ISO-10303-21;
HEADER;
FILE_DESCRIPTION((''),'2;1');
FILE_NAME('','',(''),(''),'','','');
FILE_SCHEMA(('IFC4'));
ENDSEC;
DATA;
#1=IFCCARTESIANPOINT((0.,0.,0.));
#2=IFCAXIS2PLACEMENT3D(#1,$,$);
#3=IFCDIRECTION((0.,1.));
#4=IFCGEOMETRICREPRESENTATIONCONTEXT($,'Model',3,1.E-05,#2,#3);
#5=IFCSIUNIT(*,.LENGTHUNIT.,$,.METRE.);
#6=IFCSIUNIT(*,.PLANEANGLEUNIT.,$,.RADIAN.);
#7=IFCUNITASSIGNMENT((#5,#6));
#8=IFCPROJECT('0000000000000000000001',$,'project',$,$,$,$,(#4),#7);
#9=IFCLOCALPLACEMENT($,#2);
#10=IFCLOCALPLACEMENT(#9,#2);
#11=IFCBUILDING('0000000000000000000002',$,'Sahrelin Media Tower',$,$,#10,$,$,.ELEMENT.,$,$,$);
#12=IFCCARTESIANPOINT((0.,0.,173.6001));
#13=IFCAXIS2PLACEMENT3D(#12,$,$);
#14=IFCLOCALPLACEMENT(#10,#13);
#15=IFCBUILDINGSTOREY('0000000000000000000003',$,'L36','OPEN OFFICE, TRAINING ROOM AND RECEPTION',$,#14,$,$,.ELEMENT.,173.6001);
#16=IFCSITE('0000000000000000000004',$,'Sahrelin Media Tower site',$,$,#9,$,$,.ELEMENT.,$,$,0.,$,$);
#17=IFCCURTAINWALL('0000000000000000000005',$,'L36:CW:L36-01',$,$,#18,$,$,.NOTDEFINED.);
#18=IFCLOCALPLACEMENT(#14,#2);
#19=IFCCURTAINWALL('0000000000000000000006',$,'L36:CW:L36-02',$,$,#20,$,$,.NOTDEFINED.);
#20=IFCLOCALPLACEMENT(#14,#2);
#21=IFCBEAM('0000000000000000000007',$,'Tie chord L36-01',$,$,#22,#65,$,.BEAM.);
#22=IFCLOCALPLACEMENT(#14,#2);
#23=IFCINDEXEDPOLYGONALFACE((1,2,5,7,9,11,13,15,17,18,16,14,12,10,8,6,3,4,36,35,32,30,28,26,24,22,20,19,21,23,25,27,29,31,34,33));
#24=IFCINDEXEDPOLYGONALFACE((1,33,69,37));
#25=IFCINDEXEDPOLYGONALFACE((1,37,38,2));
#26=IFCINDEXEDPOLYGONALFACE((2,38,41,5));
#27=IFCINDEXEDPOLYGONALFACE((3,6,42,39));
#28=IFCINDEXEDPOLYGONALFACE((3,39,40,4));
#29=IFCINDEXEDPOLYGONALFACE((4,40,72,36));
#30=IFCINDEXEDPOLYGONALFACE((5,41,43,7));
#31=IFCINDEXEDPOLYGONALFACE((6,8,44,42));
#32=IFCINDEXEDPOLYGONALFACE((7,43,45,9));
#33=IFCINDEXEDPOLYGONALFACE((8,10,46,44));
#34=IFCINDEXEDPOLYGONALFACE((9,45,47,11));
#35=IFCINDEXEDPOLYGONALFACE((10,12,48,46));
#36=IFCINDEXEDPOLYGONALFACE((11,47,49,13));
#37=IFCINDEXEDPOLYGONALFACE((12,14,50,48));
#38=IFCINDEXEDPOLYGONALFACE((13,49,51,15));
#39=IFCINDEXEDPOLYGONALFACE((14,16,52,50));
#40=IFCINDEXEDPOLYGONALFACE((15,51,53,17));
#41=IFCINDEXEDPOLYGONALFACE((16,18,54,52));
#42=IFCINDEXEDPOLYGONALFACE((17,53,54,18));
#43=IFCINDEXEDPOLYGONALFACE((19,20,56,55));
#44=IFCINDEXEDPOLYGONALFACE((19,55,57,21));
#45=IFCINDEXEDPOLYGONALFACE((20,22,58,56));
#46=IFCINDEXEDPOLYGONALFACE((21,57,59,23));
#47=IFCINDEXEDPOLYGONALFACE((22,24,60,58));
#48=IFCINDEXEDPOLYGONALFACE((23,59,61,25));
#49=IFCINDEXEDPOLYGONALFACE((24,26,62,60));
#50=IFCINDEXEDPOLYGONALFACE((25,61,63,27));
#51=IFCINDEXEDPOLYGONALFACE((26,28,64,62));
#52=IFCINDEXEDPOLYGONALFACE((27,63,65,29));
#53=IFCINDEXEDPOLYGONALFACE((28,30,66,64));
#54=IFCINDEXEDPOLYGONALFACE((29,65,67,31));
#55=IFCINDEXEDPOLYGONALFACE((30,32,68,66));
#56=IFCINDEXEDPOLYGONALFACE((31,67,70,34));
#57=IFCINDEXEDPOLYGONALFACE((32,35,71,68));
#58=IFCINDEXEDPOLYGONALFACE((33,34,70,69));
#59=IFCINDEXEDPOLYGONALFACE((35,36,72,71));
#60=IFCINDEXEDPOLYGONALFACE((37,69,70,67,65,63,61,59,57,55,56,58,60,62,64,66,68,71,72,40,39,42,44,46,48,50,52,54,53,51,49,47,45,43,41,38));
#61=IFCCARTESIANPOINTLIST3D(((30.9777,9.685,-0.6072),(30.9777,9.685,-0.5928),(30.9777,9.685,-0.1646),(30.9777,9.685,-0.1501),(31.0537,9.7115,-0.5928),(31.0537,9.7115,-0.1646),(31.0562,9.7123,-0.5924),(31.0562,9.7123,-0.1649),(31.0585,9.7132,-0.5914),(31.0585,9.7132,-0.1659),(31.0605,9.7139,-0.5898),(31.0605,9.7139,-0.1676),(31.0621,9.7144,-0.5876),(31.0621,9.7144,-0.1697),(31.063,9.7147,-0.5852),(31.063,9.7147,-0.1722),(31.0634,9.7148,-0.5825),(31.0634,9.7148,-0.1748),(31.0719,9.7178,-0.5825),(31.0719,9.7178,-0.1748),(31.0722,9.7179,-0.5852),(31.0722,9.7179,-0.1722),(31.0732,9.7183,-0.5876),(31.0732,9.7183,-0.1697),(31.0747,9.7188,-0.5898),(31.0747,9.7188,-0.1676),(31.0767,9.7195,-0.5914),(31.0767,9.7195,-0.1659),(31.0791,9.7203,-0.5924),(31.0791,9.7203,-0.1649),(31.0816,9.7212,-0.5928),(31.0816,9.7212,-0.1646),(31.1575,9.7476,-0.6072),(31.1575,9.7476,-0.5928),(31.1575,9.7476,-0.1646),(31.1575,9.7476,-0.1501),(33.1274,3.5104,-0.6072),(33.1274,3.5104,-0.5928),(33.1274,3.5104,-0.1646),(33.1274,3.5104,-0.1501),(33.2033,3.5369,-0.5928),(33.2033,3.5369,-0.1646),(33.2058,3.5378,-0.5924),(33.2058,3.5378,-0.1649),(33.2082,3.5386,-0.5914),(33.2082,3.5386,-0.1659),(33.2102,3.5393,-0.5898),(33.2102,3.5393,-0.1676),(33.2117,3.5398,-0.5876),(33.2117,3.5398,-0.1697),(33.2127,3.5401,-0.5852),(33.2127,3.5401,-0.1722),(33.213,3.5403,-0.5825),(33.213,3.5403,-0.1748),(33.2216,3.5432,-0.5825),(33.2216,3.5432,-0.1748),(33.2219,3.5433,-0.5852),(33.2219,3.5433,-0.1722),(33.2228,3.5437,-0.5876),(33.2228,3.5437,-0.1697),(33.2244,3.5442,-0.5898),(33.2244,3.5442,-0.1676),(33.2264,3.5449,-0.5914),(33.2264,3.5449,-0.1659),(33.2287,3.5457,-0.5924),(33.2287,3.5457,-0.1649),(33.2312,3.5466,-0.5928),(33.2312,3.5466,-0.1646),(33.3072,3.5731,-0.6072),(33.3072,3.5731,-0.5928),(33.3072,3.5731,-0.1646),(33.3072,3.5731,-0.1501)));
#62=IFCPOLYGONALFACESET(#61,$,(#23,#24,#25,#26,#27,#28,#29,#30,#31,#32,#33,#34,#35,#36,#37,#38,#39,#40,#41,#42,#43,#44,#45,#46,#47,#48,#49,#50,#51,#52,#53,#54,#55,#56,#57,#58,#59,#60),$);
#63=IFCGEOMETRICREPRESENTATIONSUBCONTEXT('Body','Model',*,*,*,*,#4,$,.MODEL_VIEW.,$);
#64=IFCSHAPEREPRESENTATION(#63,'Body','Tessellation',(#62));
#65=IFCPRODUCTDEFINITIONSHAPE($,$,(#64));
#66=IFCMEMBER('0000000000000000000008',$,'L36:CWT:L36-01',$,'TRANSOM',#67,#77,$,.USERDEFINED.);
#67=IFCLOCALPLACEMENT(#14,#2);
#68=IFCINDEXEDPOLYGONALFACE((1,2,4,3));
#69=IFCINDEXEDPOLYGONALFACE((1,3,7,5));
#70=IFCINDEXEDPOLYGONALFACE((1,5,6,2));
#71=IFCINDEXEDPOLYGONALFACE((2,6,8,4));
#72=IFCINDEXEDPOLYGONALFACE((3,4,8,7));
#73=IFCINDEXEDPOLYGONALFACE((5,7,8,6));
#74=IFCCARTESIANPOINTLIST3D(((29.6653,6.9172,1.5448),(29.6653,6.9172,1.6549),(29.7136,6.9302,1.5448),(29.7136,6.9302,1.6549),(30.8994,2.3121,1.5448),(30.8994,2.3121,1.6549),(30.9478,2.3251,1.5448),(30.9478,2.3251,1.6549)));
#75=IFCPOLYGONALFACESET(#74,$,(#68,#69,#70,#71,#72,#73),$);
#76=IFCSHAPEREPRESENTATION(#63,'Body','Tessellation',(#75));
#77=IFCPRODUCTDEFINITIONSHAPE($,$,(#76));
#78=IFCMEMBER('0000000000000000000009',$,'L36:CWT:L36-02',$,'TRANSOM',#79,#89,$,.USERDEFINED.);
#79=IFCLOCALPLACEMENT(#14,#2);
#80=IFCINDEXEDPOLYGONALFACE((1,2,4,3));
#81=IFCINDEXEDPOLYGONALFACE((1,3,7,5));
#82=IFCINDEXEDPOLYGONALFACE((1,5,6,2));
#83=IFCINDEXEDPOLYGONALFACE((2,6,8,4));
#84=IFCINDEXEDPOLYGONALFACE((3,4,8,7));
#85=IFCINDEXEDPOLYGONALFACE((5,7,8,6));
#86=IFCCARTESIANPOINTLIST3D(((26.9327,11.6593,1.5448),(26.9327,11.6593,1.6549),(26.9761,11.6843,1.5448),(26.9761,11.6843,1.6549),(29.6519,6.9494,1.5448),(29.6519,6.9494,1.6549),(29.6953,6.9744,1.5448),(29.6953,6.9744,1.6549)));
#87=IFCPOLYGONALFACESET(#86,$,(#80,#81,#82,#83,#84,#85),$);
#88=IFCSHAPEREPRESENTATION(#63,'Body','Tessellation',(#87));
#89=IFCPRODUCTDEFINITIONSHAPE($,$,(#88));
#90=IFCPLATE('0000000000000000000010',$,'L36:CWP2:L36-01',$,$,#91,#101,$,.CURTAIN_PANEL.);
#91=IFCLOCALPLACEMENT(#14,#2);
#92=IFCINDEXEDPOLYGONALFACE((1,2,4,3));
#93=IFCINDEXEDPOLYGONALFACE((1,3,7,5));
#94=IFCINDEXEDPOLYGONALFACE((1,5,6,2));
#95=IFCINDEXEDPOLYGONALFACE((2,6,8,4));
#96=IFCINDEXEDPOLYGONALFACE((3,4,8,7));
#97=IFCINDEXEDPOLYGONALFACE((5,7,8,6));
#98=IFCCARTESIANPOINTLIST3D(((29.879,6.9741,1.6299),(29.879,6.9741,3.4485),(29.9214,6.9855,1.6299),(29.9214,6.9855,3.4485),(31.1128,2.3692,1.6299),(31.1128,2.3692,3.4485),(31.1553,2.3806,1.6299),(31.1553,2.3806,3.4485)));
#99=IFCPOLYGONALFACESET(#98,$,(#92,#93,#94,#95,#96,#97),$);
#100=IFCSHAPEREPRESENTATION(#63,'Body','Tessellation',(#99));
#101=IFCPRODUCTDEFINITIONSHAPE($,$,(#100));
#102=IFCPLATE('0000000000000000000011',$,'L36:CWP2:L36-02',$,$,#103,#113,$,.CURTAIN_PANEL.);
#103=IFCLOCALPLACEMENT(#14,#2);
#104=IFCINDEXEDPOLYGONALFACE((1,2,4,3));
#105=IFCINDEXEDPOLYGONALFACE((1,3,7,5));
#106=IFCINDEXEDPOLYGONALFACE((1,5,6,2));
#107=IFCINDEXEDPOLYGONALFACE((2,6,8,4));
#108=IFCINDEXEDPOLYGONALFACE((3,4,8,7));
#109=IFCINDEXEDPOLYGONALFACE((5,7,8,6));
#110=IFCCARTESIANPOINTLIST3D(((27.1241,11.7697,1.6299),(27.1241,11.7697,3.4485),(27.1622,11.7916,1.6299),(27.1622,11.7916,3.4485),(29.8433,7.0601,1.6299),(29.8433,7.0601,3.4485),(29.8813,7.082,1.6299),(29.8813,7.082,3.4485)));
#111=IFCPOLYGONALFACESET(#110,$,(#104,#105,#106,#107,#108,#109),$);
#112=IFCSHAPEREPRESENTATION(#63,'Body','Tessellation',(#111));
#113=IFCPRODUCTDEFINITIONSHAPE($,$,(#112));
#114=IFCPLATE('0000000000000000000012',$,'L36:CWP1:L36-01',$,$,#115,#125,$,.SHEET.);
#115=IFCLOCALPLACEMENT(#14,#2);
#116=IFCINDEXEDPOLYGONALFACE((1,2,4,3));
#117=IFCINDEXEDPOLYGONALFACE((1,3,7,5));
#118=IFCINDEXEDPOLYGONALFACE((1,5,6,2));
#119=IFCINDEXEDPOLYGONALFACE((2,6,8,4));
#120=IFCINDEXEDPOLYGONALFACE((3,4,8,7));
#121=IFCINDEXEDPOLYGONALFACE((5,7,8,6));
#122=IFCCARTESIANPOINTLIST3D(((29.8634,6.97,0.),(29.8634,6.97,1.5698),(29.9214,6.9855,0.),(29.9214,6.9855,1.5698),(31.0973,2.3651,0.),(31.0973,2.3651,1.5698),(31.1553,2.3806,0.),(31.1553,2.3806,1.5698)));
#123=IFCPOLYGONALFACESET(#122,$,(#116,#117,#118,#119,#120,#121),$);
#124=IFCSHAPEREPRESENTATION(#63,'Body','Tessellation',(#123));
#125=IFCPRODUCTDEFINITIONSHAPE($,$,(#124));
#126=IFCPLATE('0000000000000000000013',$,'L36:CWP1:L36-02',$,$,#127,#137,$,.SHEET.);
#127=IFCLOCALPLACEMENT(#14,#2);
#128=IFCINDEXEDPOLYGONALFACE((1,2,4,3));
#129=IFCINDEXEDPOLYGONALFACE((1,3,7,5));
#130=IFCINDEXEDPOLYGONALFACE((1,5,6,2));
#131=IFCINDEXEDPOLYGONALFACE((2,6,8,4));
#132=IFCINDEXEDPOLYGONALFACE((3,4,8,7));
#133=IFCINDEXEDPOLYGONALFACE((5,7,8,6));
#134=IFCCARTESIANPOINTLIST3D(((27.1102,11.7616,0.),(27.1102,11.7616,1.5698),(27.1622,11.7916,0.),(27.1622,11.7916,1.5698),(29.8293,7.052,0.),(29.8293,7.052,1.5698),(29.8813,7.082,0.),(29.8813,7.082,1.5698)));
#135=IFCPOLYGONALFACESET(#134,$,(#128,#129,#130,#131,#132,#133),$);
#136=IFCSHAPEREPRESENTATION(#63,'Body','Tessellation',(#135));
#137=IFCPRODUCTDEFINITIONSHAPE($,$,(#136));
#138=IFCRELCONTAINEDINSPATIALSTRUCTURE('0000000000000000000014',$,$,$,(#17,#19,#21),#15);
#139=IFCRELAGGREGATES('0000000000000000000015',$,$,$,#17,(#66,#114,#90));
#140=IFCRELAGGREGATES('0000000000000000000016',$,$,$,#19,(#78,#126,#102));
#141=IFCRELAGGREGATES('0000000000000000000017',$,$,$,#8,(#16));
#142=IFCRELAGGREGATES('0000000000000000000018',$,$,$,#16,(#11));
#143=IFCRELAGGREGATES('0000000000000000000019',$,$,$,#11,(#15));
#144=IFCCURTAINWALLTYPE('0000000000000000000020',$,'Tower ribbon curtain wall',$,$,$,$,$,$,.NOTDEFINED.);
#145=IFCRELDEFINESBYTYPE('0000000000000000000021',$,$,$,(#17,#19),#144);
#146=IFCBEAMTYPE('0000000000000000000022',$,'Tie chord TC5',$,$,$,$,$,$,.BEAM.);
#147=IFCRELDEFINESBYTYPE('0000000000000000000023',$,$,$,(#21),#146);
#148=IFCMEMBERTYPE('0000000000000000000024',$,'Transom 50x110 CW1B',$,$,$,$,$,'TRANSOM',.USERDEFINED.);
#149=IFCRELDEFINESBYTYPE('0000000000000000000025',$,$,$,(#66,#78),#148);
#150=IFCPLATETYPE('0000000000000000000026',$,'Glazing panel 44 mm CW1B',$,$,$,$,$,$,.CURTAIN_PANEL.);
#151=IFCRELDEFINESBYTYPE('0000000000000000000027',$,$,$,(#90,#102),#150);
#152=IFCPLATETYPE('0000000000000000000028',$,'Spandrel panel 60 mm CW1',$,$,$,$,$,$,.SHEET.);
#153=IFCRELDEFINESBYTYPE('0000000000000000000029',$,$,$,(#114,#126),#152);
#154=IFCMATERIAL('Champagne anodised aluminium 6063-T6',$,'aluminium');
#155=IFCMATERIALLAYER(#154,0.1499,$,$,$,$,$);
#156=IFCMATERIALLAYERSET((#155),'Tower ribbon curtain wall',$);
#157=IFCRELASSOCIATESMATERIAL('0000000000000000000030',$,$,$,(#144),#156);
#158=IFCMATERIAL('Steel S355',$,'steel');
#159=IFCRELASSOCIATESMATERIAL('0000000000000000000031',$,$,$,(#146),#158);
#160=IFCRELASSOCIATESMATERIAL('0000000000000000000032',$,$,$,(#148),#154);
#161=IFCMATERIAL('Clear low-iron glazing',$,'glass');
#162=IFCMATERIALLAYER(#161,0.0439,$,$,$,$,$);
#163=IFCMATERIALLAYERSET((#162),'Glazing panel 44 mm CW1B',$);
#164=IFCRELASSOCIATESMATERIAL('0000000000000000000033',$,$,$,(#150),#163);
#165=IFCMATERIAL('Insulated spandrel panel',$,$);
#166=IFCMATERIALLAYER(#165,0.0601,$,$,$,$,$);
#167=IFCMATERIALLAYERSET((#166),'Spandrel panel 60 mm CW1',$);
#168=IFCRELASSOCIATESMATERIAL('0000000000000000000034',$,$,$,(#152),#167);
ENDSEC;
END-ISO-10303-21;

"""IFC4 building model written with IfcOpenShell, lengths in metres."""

from ifc_helpers import new_model, si_unit, direction, frame, origin, origin_2d, place, context, subcontext, project, spatial, polyline, rectangle, i_section, outline, extrude, material, layer, layer_set, material_profile, profile_set, type_object, element, aggregate, save


model = new_model("IFC4")

# Units and contexts
model_context = context("Model", 3, precision=1e-05, world=origin(), true_north=direction((0.0, 1.0)))
body_context = subcontext(model_context, "Body", "Model", "MODEL_VIEW")
ifc_project = project(units=[si_unit("LENGTHUNIT", "METRE"), si_unit("PLANEANGLEUNIT", "RADIAN")], contexts=[model_context])

# Site, building, storey
site_placement = place(None, origin())
site = spatial("IfcSite", under=ifc_project, at=site_placement, Name="Sahrelin Media Tower site", CompositionType="ELEMENT", RefElevation=0.0)
building_placement = place(site_placement, origin())
building = spatial("IfcBuilding", under=site, at=building_placement, Name="Sahrelin Media Tower", CompositionType="ELEMENT")
storey_placement = place(building_placement, frame((0.0, 0.0, 173.6001)))
storey = spatial("IfcBuildingStorey", under=building, at=storey_placement, Name="L36", Description="OPEN OFFICE, TRAINING ROOM AND RECEPTION", CompositionType="ELEMENT", Elevation=173.6001)

# Shared definitions
ifc_material_1 = material(Name="Steel S355", Category="steel")

# Curtain walls
ifc_material_2 = material(Name="Champagne anodised aluminium 6063-T6", Category="aluminium")
ifc_layer_1 = layer(ifc_material_2, 0.1499)
ifc_layer_set_1 = layer_set([ifc_layer_1], Name="Tower ribbon curtain wall")
curtain_wall_type = type_object("IfcCurtainWallType", Name="Tower ribbon curtain wall", PredefinedType="NOTDEFINED", material=ifc_layer_set_1)
curtain_wall_1_placement = place(storey_placement, frame((30.519, 4.678, 0.0), z_axis=(0.0, 0.0, 1.0), x_axis=(1.0, 0.0, 0.0)))
curtain_wall_1 = element("IfcCurtainWall", 1, at=curtain_wall_1_placement, inside=storey, type_object=curtain_wall_type, Name="L36:CW:L36-01", PredefinedType="NOTDEFINED")
curtain_wall_2_placement = place(storey_placement, frame((28.5044, 9.427, 0.0), z_axis=(0.0, 0.0, 1.0), x_axis=(1.0, 0.0, 0.0)))
curtain_wall_2 = element("IfcCurtainWall", 2, at=curtain_wall_2_placement, inside=storey, type_object=curtain_wall_type, Name="L36:CW:L36-02", PredefinedType="NOTDEFINED")

# Beam
ifc_material_profile_1 = material_profile(ifc_material_1, i_section(OverallWidth=0.1904, OverallDepth=0.457, WebThickness=0.009, FlangeThickness=0.0144, FilletRadius=0.0103, at=origin_2d()), Name="UB 457x191x74")
ifc_profile_set_1 = profile_set([ifc_material_profile_1], Name="Steel S355")
beam_type_1 = type_object("IfcBeamType", Name="Tie chord TC5", PredefinedType="BEAM", material=ifc_profile_set_1)
beam_1_placement = place(storey_placement, frame((33.2173, 3.5417, -0.3787), z_axis=(-0.328791, 0.944403, 0.0), x_axis=(-0.944403, -0.328791, 0.0)))
element("IfcBeam", 3, at=beam_1_placement, inside=storey, type_object=beam_type_1, Name="Tie chord L36-01", PredefinedType="BEAM", context=body_context, shape_type="SweptSolid", body=[
    extrude(i_section(OverallWidth=0.1904, OverallDepth=0.457, WebThickness=0.009, FlangeThickness=0.0144, FilletRadius=0.0103, at=origin_2d()), origin(), (0.0, 0.0, 1.0), 6.5381),
])

# Members
ifc_material_profile_2 = material_profile(ifc_material_2, rectangle(XDim=0.05, YDim=0.1101, at=origin_2d()), Name="Transom 50x110")
ifc_profile_set_2 = profile_set([ifc_material_profile_2], Name="Champagne anodised aluminium 6063-T6")
member_type_1 = type_object("IfcMemberType", Name="Transom 50x110 CW1B", ElementType="TRANSOM", PredefinedType="USERDEFINED", material=ifc_profile_set_2)
member_1_placement = place(storey_placement, frame((30.9236, 2.3186, 1.5999), z_axis=(-0.258864, 0.965914, 0.0), x_axis=(-0.965914, -0.258864, 0.0)))
member_1 = element("IfcMember", 4, at=member_1_placement, type_object=member_type_1, Name="L36:CWT:L36-01", ObjectType="TRANSOM", PredefinedType="USERDEFINED", context=body_context, shape_type="SweptSolid", body=[
    extrude(rectangle(XDim=0.05, YDim=0.1101, at=origin_2d()), origin(), (0.0, 0.0, 1.0), 4.7676),
])
member_2_placement = place(storey_placement, frame((29.6736, 6.9619, 1.5999), z_axis=(-0.499992, 0.86603, 0.0), x_axis=(-0.86603, -0.499992, 0.0)))
member_2 = element("IfcMember", 5, at=member_2_placement, type_object=member_type_1, Name="L36:CWT:L36-02", ObjectType="TRANSOM", PredefinedType="USERDEFINED", context=body_context, shape_type="SweptSolid", body=[
    extrude(rectangle(XDim=0.05, YDim=0.1101, at=origin_2d()), origin(), (0.0, 0.0, 1.0), 5.4385),
])

# Plates
ifc_material_3 = material(Name="Clear low-iron glazing", Category="glass")
ifc_layer_2 = layer(ifc_material_3, 0.0439)
ifc_layer_set_2 = layer_set([ifc_layer_2], Name="Glazing panel 44 mm CW1B")
plate_type_1 = type_object("IfcPlateType", Name="Glazing panel 44 mm CW1B", PredefinedType="CURTAIN_PANEL", material=ifc_layer_set_2)
plate_1_placement = place(storey_placement, frame((31.1553, 2.3806, 1.6299), z_axis=(0.965927, 0.258816, 0.0), x_axis=(-0.258816, 0.965927, 0.0)))
plate_1 = element("IfcPlate", 6, at=plate_1_placement, type_object=plate_type_1, Name="L36:CWP2:L36-01", PredefinedType="CURTAIN_PANEL", context=body_context, shape_type="SweptSolid", body=[
    extrude(outline(polyline([(0.0, 0.0), (4.7673, 0.0), (4.7673, 1.8186), (0.0, 1.8186), (0.0, 0.0)])), origin(), (0.0, 0.0, -1.0), 0.0439),
])
plate_2_placement = place(storey_placement, frame((29.8813, 7.082, 1.6299), z_axis=(0.866019, 0.500011, 0.0), x_axis=(-0.500011, 0.866019, 0.0)))
plate_2 = element("IfcPlate", 7, at=plate_2_placement, type_object=plate_type_1, Name="L36:CWP2:L36-02", PredefinedType="CURTAIN_PANEL", context=body_context, shape_type="SweptSolid", body=[
    extrude(outline(polyline([(0.0, 0.0), (5.4382, 0.0), (5.4382, 1.8186), (0.0, 1.8186), (0.0, 0.0)])), origin(), (0.0, 0.0, -1.0), 0.0439),
])
ifc_material_4 = material(Name="Insulated spandrel panel")
ifc_layer_3 = layer(ifc_material_4, 0.0601)
ifc_layer_set_3 = layer_set([ifc_layer_3], Name="Spandrel panel 60 mm CW1")
plate_type_2 = type_object("IfcPlateType", Name="Spandrel panel 60 mm CW1", PredefinedType="SHEET", material=ifc_layer_set_3)
plate_3_placement = place(storey_placement, frame((31.1553, 2.3806, 0.0), z_axis=(0.965927, 0.258816, 0.0), x_axis=(-0.258816, 0.965927, 0.0)))
plate_3 = element("IfcPlate", 8, at=plate_3_placement, type_object=plate_type_2, Name="L36:CWP1:L36-01", PredefinedType="SHEET", context=body_context, shape_type="SweptSolid", body=[
    extrude(outline(polyline([(0.0, 0.0), (4.7673, 0.0), (4.7673, 1.5698), (0.0, 1.5698), (0.0, 0.0)])), origin(), (0.0, 0.0, -1.0), 0.0601),
])
aggregate(curtain_wall_1, [member_1, plate_3, plate_1])
plate_4_placement = place(storey_placement, frame((29.8813, 7.082, 0.0), z_axis=(0.866019, 0.500011, 0.0), x_axis=(-0.500011, 0.866019, 0.0)))
plate_4 = element("IfcPlate", 9, at=plate_4_placement, type_object=plate_type_2, Name="L36:CWP1:L36-02", PredefinedType="SHEET", context=body_context, shape_type="SweptSolid", body=[
    extrude(outline(polyline([(0.0, 0.0), (5.4382, 0.0), (5.4382, 1.5698), (0.0, 1.5698), (0.0, 0.0)])), origin(), (0.0, 0.0, -1.0), 0.0601),
])
aggregate(curtain_wall_2, [member_2, plate_4, plate_2])

save(model, "model.ifc")
